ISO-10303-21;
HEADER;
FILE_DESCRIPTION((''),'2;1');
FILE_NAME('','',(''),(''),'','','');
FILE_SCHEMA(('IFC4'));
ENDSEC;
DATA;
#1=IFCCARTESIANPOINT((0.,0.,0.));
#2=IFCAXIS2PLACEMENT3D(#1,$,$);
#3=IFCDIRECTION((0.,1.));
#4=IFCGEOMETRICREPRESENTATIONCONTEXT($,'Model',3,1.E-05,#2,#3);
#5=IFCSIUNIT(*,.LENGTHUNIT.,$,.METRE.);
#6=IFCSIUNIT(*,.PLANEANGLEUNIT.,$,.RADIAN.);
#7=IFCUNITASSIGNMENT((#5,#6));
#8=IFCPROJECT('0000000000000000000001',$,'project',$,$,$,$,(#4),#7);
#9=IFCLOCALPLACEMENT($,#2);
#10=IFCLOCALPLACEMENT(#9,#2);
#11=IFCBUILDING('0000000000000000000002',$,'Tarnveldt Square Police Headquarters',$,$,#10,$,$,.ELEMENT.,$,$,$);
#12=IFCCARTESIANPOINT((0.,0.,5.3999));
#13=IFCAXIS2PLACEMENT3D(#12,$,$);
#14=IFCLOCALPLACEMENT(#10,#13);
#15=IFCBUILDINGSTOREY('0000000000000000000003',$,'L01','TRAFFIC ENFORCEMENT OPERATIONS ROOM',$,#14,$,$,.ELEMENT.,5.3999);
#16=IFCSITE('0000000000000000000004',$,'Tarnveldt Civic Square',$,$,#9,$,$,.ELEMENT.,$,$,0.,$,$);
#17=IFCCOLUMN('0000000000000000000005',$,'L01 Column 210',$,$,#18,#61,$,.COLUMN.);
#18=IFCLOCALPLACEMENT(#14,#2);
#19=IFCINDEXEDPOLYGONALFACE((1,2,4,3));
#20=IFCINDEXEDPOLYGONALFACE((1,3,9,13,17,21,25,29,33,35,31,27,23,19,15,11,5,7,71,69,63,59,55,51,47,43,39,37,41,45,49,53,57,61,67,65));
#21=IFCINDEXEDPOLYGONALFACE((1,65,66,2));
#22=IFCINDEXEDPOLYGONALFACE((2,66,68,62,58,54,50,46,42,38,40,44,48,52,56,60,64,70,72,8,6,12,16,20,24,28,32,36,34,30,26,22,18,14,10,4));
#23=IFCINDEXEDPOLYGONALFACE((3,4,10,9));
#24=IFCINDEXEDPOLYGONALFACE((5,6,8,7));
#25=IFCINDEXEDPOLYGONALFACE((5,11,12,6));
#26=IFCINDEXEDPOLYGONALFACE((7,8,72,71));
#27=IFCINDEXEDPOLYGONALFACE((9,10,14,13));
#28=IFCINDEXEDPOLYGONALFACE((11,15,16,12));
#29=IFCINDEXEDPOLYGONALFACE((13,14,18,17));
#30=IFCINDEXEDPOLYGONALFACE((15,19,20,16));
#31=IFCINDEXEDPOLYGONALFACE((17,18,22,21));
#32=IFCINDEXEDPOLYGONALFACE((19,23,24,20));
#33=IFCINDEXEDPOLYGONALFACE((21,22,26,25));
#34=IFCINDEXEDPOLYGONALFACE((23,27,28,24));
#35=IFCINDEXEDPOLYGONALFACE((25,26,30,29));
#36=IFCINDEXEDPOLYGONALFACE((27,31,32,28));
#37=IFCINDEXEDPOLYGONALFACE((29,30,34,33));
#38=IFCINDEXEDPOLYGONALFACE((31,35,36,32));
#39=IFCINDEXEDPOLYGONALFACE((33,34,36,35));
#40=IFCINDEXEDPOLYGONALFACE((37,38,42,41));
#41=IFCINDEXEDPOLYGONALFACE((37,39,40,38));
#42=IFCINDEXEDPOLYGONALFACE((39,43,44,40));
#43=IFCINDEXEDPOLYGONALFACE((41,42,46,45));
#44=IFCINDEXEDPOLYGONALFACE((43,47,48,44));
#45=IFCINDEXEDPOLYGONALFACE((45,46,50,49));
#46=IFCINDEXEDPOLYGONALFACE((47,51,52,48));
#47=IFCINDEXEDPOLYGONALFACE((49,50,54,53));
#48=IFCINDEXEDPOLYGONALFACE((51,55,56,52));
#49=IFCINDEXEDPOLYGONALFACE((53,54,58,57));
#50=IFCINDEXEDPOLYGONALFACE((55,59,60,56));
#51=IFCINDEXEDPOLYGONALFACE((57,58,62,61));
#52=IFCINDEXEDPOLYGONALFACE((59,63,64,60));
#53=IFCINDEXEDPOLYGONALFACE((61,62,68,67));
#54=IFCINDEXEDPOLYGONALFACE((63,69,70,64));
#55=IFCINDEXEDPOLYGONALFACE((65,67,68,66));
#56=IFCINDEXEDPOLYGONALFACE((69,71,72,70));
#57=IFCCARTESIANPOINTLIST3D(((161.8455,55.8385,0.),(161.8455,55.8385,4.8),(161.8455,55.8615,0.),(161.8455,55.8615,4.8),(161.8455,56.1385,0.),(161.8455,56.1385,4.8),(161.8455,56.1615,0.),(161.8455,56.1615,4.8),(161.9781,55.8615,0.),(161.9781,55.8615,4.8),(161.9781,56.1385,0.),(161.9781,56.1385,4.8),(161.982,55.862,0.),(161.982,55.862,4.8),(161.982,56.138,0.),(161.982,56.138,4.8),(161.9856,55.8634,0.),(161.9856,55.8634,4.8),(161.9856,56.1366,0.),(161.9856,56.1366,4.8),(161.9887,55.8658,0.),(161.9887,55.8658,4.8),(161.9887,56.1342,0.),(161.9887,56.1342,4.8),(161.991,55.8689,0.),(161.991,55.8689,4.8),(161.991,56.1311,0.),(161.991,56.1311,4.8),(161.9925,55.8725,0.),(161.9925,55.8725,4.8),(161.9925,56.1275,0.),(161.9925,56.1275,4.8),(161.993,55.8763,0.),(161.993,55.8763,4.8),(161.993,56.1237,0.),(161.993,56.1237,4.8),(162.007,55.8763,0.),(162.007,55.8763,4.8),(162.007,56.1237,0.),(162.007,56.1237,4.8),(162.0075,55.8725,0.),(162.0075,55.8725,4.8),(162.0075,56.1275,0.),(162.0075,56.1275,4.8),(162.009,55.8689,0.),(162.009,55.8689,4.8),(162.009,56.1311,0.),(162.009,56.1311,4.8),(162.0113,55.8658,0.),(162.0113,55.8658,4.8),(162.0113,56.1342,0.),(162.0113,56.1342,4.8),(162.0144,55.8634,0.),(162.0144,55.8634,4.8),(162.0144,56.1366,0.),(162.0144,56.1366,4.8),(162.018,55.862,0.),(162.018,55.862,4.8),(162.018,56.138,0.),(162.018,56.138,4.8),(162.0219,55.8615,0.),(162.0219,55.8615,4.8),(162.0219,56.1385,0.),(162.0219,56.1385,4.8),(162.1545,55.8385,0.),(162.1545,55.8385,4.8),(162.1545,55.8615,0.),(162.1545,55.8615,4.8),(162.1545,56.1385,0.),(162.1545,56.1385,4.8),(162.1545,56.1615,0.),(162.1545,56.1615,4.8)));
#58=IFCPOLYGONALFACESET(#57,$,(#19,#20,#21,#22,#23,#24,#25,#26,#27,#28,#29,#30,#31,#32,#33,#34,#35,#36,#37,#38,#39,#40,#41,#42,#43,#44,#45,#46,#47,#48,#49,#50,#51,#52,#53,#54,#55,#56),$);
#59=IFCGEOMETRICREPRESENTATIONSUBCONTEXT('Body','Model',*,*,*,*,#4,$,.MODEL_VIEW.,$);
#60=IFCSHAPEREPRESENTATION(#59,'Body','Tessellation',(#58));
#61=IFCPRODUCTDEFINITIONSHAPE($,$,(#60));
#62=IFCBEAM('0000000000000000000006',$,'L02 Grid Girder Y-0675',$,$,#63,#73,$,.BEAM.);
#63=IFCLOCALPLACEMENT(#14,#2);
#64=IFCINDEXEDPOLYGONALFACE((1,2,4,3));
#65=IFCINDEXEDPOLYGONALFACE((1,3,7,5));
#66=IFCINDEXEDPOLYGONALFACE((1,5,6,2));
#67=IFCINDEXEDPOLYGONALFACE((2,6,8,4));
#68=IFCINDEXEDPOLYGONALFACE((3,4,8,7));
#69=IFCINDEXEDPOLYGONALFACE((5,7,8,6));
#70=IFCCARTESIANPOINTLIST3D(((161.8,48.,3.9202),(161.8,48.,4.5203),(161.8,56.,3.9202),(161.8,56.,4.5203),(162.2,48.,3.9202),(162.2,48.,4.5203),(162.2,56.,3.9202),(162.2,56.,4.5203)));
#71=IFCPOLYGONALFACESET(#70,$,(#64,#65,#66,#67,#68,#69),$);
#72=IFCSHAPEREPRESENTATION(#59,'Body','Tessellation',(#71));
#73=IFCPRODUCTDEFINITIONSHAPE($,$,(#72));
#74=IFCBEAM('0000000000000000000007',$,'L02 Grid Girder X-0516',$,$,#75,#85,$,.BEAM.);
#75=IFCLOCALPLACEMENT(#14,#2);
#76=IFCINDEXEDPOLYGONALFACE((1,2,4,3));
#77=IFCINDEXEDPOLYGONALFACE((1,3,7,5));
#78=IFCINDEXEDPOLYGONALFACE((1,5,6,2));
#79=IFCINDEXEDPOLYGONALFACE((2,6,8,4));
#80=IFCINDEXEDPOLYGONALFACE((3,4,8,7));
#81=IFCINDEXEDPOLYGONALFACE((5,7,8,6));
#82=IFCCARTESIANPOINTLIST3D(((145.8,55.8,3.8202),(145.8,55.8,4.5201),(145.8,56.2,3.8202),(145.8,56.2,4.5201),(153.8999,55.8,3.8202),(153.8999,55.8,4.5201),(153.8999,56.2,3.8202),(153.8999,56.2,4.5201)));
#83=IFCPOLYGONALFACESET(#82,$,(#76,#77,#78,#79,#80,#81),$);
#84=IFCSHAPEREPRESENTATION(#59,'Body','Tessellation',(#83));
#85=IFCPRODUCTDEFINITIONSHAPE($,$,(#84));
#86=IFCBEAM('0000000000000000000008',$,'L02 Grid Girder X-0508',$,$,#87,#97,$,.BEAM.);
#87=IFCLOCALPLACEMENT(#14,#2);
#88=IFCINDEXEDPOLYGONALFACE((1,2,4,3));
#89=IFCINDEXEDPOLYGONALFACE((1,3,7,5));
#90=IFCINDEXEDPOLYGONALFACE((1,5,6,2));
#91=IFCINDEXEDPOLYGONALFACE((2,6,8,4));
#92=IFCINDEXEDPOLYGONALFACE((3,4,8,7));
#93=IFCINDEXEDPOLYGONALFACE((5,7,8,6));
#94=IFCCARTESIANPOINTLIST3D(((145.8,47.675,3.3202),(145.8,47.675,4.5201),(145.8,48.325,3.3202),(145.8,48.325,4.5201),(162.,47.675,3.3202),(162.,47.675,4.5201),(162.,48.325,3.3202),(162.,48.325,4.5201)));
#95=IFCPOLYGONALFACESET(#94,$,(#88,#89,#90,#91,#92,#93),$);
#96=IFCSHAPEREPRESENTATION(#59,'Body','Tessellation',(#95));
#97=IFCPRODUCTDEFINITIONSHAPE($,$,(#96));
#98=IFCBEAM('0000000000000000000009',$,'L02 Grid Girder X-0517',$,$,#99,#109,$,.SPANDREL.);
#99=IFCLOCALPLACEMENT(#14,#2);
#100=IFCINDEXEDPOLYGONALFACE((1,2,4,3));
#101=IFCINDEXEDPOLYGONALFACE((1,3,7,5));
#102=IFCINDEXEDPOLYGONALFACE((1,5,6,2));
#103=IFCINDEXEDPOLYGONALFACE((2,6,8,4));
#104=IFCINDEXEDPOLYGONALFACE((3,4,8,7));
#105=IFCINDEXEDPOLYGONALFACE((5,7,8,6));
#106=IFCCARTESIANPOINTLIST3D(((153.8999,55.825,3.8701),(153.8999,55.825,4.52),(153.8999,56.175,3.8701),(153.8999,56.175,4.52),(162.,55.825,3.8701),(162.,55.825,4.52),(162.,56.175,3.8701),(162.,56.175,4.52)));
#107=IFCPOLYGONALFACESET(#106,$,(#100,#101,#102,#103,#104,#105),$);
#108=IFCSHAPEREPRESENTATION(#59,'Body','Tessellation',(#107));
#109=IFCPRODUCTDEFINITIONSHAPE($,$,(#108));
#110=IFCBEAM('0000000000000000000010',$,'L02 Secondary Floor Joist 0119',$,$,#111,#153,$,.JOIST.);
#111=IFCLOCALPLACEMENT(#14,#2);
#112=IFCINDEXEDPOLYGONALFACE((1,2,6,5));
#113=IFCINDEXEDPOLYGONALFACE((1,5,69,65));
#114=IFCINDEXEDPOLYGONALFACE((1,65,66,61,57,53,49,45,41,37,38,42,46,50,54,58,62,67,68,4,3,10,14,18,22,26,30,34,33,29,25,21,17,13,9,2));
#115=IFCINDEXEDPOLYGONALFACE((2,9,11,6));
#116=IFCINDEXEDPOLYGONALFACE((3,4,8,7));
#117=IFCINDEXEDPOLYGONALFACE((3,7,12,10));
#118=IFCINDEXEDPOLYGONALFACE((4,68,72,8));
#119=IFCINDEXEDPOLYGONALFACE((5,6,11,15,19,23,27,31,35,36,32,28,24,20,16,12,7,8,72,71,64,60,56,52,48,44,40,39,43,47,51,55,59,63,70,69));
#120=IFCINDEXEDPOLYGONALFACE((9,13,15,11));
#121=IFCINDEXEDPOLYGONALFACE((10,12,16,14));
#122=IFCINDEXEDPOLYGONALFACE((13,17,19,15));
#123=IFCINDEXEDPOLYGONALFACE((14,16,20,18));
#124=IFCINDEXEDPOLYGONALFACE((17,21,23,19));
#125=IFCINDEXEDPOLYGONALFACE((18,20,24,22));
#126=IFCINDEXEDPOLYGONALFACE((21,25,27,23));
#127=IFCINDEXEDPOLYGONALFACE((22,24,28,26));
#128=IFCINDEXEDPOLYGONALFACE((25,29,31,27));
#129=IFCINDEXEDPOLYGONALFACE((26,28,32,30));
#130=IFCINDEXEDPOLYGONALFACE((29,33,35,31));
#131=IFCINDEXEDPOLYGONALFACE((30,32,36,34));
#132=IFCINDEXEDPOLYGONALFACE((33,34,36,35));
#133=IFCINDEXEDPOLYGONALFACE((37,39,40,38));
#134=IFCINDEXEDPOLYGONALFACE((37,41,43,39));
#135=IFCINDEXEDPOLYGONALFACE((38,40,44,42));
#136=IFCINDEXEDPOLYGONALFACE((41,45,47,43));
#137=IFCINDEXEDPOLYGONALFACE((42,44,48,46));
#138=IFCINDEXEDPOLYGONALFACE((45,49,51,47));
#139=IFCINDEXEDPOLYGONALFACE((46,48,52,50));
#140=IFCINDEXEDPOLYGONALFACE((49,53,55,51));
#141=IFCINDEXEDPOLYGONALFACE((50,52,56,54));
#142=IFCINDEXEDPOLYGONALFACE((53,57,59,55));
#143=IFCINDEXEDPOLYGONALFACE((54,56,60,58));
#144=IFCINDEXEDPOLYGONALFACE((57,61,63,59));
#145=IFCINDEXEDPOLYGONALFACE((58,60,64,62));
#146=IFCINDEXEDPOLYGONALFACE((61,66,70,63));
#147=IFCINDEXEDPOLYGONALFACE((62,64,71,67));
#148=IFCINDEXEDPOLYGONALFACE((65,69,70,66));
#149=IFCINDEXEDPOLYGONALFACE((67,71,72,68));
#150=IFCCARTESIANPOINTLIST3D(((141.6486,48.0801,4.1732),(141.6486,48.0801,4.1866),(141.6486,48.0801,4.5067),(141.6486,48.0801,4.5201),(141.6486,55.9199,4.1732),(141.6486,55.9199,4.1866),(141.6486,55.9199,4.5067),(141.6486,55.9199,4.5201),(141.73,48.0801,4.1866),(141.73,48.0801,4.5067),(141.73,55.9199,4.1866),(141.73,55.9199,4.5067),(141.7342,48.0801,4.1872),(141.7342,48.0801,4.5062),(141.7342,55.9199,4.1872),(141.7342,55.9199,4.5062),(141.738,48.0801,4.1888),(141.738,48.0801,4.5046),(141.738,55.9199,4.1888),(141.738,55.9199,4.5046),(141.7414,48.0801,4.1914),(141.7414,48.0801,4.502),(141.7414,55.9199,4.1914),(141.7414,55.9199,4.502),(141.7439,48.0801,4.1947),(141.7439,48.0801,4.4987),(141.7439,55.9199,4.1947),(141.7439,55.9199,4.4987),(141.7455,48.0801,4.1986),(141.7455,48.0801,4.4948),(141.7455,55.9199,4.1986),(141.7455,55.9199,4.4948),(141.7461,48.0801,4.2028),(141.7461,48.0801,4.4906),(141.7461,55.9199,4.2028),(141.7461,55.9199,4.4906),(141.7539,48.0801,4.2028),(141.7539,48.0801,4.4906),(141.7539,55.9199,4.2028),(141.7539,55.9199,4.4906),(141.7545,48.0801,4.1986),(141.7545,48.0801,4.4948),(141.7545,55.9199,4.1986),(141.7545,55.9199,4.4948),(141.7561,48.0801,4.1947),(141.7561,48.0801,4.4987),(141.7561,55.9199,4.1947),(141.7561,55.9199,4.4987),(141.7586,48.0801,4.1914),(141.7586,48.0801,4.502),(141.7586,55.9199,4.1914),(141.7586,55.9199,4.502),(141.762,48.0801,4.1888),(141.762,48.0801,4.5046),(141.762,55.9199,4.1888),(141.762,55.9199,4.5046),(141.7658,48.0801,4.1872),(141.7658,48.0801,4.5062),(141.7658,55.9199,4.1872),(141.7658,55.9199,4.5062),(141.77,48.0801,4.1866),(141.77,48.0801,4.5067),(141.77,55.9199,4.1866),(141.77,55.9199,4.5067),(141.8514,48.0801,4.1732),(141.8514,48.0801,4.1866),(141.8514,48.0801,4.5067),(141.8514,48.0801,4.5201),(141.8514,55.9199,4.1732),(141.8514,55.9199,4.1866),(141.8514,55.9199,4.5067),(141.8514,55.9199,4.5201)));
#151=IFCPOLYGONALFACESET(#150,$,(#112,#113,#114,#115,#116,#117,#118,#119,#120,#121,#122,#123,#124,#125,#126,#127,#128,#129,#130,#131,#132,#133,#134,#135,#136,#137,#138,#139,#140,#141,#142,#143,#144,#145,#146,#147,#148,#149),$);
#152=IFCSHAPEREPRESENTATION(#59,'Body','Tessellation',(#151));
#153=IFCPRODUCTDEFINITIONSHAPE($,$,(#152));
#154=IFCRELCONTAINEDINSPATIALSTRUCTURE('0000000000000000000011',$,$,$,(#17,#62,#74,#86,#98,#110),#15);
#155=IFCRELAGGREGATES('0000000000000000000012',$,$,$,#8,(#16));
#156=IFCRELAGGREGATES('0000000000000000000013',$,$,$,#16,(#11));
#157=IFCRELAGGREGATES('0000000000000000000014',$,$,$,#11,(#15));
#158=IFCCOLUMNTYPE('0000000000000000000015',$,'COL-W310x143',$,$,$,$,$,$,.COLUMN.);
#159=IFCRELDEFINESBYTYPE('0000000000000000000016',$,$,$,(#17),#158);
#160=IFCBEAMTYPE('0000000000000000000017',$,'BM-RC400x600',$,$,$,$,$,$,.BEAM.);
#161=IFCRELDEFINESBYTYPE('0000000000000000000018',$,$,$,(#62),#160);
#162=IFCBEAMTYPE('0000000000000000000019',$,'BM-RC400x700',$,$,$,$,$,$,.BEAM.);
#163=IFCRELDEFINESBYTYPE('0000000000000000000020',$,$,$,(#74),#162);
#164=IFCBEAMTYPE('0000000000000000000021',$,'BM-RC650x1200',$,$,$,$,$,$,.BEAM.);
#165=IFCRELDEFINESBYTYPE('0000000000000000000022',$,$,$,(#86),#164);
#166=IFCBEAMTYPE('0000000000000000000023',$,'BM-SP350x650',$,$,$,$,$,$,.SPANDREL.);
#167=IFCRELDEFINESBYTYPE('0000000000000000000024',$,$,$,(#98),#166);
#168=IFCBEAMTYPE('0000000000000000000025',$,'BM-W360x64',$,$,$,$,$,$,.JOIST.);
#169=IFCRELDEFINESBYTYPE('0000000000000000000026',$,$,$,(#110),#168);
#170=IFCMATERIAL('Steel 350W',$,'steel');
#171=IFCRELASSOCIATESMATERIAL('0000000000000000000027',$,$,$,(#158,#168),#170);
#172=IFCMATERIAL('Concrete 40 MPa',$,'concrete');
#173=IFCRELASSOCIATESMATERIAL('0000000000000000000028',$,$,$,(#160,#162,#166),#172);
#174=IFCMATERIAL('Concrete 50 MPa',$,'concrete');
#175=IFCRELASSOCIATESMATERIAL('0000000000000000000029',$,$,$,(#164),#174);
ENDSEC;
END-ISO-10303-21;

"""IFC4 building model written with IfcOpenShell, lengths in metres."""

from ifc_helpers import new_model, si_unit, direction, frame, origin, origin_2d, place, context, subcontext, project, spatial, rectangle, i_section, extrude, material, material_profile, profile_set, type_object, element, save


model = new_model("IFC4")

# Units and contexts
model_context = context("Model", 3, precision=1e-05, world=origin(), true_north=direction((0.0, 1.0)))
body_context = subcontext(model_context, "Body", "Model", "MODEL_VIEW")
ifc_project = project(units=[si_unit("LENGTHUNIT", "METRE"), si_unit("PLANEANGLEUNIT", "RADIAN")], contexts=[model_context])

# Site, building, storey
site_placement = place(None, origin())
site = spatial("IfcSite", under=ifc_project, at=site_placement, Name="Tarnveldt Civic Square", CompositionType="ELEMENT", RefElevation=0.0)
building_placement = place(site_placement, origin())
building = spatial("IfcBuilding", under=site, at=building_placement, Name="Tarnveldt Square Police Headquarters", CompositionType="ELEMENT")
storey_placement = place(building_placement, frame((0.0, 0.0, 5.3999)))
storey = spatial("IfcBuildingStorey", under=building, at=storey_placement, Name="L01", Description="TRAFFIC ENFORCEMENT OPERATIONS ROOM", CompositionType="ELEMENT", Elevation=5.3999)

# Column
ifc_material_1 = material(Name="Steel 350W", Category="steel")
ifc_material_profile_1 = material_profile(ifc_material_1, i_section(OverallWidth=0.3091, OverallDepth=0.323, WebThickness=0.0139, FlangeThickness=0.0229, FilletRadius=0.0149, at=origin_2d()), Name="W310x143")
ifc_profile_set_1 = profile_set([ifc_material_profile_1], Name="Steel 350W")
column_type_1 = type_object("IfcColumnType", Name="COL-W310x143", PredefinedType="COLUMN", material=ifc_profile_set_1)
for number, where, z_axis, x_axis, name in (
    (1, (162.0, 56.0, 0.0), (0.0, 0.0, 1.0), (1.0, 0.0, 0.0), "L01 Column 210"),
):
    element("IfcColumn", number, at=place(storey_placement, frame(where, z_axis=z_axis, x_axis=x_axis)), inside=storey, type_object=column_type_1, Name=name, PredefinedType="COLUMN", context=body_context, shape_type="SweptSolid", body=[
        extrude(i_section(OverallWidth=0.3091, OverallDepth=0.323, WebThickness=0.0139, FlangeThickness=0.0229, FilletRadius=0.0149, at=origin_2d()), origin(), (0.0, 0.0, 1.0), 4.8),
    ])

# Beams
ifc_material_2 = material(Name="Concrete 40 MPa", Category="concrete")
ifc_material_profile_2 = material_profile(ifc_material_2, rectangle(XDim=0.3999, YDim=0.6001, at=origin_2d()), Name="RC-B400x600")
ifc_profile_set_2 = profile_set([ifc_material_profile_2], Name="Concrete 40 MPa")
beam_type_1 = type_object("IfcBeamType", Name="BM-RC400x600", PredefinedType="BEAM", material=ifc_profile_set_2)
beam_1_placement = place(storey_placement, frame((162.0, 48.0, 4.2202), z_axis=(0.0, 1.0, 0.0), x_axis=(-1.0, 0.0, 0.0)))
element("IfcBeam", 2, at=beam_1_placement, inside=storey, type_object=beam_type_1, Name="L02 Grid Girder Y-0675", PredefinedType="BEAM", context=body_context, shape_type="SweptSolid", body=[
    extrude(rectangle(XDim=0.3999, YDim=0.6001, at=origin_2d()), origin(), (0.0, 0.0, 1.0), 8.0),
])
ifc_material_profile_3 = material_profile(ifc_material_2, rectangle(XDim=0.3999, YDim=0.7, at=origin_2d()), Name="RC-B400x700")
ifc_profile_set_3 = profile_set([ifc_material_profile_3], Name="Concrete 40 MPa")
beam_type_2 = type_object("IfcBeamType", Name="BM-RC400x700", PredefinedType="BEAM", material=ifc_profile_set_3)
beam_2_placement = place(storey_placement, frame((145.8, 56.0, 4.1702), z_axis=(1.0, 0.0, 0.0), x_axis=(0.0, 1.0, 0.0)))
element("IfcBeam", 3, at=beam_2_placement, inside=storey, type_object=beam_type_2, Name="L02 Grid Girder X-0516", PredefinedType="BEAM", context=body_context, shape_type="SweptSolid", body=[
    extrude(rectangle(XDim=0.3999, YDim=0.7, at=origin_2d()), origin(), (0.0, 0.0, 1.0), 8.0999),
])
ifc_material_3 = material(Name="Concrete 50 MPa", Category="concrete")
ifc_material_profile_4 = material_profile(ifc_material_3, rectangle(XDim=0.6499, YDim=1.2, at=origin_2d()), Name="RC-B650x1200")
ifc_profile_set_4 = profile_set([ifc_material_profile_4], Name="Concrete 50 MPa")
beam_type_3 = type_object("IfcBeamType", Name="BM-RC650x1200", PredefinedType="BEAM", material=ifc_profile_set_4)
beam_3_placement = place(storey_placement, frame((145.8, 48.0, 3.9202), z_axis=(1.0, 0.0, 0.0), x_axis=(0.0, 1.0, 0.0)))
element("IfcBeam", 4, at=beam_3_placement, inside=storey, type_object=beam_type_3, Name="L02 Grid Girder X-0508", PredefinedType="BEAM", context=body_context, shape_type="SweptSolid", body=[
    extrude(rectangle(XDim=0.6499, YDim=1.2, at=origin_2d()), origin(), (0.0, 0.0, 1.0), 16.2),
])
ifc_material_profile_5 = material_profile(ifc_material_2, rectangle(XDim=0.3501, YDim=0.6499, at=origin_2d()), Name="RC-SP350x650")
ifc_profile_set_5 = profile_set([ifc_material_profile_5], Name="Concrete 40 MPa")
beam_type_4 = type_object("IfcBeamType", Name="BM-SP350x650", PredefinedType="SPANDREL", material=ifc_profile_set_5)
beam_4_placement = place(storey_placement, frame((153.8999, 56.0, 4.1951), z_axis=(1.0, 0.0, 0.0), x_axis=(0.0, 1.0, 0.0)))
element("IfcBeam", 5, at=beam_4_placement, inside=storey, type_object=beam_type_4, Name="L02 Grid Girder X-0517", PredefinedType="SPANDREL", context=body_context, shape_type="SweptSolid", body=[
    extrude(rectangle(XDim=0.3501, YDim=0.6499, at=origin_2d()), origin(), (0.0, 0.0, 1.0), 8.1001),
])
ifc_material_profile_6 = material_profile(ifc_material_1, i_section(OverallWidth=0.2029, OverallDepth=0.3469, WebThickness=0.0078, FlangeThickness=0.0134, FilletRadius=0.0161, at=origin_2d()), Name="W360x64")
ifc_profile_set_6 = profile_set([ifc_material_profile_6], Name="Steel 350W")
beam_type_5 = type_object("IfcBeamType", Name="BM-W360x64", PredefinedType="JOIST", material=ifc_profile_set_6)
beam_5_placement = place(storey_placement, frame((141.75, 48.0801, 4.3467), z_axis=(0.0, 1.0, 0.0), x_axis=(-1.0, 0.0, 0.0)))
element("IfcBeam", 6, at=beam_5_placement, inside=storey, type_object=beam_type_5, Name="L02 Secondary Floor Joist 0119", PredefinedType="JOIST", context=body_context, shape_type="SweptSolid", body=[
    extrude(i_section(OverallWidth=0.2029, OverallDepth=0.3469, WebThickness=0.0078, FlangeThickness=0.0134, FilletRadius=0.0161, at=origin_2d()), origin(), (0.0, 0.0, 1.0), 7.8398),
])

save(model, "model.ifc")
